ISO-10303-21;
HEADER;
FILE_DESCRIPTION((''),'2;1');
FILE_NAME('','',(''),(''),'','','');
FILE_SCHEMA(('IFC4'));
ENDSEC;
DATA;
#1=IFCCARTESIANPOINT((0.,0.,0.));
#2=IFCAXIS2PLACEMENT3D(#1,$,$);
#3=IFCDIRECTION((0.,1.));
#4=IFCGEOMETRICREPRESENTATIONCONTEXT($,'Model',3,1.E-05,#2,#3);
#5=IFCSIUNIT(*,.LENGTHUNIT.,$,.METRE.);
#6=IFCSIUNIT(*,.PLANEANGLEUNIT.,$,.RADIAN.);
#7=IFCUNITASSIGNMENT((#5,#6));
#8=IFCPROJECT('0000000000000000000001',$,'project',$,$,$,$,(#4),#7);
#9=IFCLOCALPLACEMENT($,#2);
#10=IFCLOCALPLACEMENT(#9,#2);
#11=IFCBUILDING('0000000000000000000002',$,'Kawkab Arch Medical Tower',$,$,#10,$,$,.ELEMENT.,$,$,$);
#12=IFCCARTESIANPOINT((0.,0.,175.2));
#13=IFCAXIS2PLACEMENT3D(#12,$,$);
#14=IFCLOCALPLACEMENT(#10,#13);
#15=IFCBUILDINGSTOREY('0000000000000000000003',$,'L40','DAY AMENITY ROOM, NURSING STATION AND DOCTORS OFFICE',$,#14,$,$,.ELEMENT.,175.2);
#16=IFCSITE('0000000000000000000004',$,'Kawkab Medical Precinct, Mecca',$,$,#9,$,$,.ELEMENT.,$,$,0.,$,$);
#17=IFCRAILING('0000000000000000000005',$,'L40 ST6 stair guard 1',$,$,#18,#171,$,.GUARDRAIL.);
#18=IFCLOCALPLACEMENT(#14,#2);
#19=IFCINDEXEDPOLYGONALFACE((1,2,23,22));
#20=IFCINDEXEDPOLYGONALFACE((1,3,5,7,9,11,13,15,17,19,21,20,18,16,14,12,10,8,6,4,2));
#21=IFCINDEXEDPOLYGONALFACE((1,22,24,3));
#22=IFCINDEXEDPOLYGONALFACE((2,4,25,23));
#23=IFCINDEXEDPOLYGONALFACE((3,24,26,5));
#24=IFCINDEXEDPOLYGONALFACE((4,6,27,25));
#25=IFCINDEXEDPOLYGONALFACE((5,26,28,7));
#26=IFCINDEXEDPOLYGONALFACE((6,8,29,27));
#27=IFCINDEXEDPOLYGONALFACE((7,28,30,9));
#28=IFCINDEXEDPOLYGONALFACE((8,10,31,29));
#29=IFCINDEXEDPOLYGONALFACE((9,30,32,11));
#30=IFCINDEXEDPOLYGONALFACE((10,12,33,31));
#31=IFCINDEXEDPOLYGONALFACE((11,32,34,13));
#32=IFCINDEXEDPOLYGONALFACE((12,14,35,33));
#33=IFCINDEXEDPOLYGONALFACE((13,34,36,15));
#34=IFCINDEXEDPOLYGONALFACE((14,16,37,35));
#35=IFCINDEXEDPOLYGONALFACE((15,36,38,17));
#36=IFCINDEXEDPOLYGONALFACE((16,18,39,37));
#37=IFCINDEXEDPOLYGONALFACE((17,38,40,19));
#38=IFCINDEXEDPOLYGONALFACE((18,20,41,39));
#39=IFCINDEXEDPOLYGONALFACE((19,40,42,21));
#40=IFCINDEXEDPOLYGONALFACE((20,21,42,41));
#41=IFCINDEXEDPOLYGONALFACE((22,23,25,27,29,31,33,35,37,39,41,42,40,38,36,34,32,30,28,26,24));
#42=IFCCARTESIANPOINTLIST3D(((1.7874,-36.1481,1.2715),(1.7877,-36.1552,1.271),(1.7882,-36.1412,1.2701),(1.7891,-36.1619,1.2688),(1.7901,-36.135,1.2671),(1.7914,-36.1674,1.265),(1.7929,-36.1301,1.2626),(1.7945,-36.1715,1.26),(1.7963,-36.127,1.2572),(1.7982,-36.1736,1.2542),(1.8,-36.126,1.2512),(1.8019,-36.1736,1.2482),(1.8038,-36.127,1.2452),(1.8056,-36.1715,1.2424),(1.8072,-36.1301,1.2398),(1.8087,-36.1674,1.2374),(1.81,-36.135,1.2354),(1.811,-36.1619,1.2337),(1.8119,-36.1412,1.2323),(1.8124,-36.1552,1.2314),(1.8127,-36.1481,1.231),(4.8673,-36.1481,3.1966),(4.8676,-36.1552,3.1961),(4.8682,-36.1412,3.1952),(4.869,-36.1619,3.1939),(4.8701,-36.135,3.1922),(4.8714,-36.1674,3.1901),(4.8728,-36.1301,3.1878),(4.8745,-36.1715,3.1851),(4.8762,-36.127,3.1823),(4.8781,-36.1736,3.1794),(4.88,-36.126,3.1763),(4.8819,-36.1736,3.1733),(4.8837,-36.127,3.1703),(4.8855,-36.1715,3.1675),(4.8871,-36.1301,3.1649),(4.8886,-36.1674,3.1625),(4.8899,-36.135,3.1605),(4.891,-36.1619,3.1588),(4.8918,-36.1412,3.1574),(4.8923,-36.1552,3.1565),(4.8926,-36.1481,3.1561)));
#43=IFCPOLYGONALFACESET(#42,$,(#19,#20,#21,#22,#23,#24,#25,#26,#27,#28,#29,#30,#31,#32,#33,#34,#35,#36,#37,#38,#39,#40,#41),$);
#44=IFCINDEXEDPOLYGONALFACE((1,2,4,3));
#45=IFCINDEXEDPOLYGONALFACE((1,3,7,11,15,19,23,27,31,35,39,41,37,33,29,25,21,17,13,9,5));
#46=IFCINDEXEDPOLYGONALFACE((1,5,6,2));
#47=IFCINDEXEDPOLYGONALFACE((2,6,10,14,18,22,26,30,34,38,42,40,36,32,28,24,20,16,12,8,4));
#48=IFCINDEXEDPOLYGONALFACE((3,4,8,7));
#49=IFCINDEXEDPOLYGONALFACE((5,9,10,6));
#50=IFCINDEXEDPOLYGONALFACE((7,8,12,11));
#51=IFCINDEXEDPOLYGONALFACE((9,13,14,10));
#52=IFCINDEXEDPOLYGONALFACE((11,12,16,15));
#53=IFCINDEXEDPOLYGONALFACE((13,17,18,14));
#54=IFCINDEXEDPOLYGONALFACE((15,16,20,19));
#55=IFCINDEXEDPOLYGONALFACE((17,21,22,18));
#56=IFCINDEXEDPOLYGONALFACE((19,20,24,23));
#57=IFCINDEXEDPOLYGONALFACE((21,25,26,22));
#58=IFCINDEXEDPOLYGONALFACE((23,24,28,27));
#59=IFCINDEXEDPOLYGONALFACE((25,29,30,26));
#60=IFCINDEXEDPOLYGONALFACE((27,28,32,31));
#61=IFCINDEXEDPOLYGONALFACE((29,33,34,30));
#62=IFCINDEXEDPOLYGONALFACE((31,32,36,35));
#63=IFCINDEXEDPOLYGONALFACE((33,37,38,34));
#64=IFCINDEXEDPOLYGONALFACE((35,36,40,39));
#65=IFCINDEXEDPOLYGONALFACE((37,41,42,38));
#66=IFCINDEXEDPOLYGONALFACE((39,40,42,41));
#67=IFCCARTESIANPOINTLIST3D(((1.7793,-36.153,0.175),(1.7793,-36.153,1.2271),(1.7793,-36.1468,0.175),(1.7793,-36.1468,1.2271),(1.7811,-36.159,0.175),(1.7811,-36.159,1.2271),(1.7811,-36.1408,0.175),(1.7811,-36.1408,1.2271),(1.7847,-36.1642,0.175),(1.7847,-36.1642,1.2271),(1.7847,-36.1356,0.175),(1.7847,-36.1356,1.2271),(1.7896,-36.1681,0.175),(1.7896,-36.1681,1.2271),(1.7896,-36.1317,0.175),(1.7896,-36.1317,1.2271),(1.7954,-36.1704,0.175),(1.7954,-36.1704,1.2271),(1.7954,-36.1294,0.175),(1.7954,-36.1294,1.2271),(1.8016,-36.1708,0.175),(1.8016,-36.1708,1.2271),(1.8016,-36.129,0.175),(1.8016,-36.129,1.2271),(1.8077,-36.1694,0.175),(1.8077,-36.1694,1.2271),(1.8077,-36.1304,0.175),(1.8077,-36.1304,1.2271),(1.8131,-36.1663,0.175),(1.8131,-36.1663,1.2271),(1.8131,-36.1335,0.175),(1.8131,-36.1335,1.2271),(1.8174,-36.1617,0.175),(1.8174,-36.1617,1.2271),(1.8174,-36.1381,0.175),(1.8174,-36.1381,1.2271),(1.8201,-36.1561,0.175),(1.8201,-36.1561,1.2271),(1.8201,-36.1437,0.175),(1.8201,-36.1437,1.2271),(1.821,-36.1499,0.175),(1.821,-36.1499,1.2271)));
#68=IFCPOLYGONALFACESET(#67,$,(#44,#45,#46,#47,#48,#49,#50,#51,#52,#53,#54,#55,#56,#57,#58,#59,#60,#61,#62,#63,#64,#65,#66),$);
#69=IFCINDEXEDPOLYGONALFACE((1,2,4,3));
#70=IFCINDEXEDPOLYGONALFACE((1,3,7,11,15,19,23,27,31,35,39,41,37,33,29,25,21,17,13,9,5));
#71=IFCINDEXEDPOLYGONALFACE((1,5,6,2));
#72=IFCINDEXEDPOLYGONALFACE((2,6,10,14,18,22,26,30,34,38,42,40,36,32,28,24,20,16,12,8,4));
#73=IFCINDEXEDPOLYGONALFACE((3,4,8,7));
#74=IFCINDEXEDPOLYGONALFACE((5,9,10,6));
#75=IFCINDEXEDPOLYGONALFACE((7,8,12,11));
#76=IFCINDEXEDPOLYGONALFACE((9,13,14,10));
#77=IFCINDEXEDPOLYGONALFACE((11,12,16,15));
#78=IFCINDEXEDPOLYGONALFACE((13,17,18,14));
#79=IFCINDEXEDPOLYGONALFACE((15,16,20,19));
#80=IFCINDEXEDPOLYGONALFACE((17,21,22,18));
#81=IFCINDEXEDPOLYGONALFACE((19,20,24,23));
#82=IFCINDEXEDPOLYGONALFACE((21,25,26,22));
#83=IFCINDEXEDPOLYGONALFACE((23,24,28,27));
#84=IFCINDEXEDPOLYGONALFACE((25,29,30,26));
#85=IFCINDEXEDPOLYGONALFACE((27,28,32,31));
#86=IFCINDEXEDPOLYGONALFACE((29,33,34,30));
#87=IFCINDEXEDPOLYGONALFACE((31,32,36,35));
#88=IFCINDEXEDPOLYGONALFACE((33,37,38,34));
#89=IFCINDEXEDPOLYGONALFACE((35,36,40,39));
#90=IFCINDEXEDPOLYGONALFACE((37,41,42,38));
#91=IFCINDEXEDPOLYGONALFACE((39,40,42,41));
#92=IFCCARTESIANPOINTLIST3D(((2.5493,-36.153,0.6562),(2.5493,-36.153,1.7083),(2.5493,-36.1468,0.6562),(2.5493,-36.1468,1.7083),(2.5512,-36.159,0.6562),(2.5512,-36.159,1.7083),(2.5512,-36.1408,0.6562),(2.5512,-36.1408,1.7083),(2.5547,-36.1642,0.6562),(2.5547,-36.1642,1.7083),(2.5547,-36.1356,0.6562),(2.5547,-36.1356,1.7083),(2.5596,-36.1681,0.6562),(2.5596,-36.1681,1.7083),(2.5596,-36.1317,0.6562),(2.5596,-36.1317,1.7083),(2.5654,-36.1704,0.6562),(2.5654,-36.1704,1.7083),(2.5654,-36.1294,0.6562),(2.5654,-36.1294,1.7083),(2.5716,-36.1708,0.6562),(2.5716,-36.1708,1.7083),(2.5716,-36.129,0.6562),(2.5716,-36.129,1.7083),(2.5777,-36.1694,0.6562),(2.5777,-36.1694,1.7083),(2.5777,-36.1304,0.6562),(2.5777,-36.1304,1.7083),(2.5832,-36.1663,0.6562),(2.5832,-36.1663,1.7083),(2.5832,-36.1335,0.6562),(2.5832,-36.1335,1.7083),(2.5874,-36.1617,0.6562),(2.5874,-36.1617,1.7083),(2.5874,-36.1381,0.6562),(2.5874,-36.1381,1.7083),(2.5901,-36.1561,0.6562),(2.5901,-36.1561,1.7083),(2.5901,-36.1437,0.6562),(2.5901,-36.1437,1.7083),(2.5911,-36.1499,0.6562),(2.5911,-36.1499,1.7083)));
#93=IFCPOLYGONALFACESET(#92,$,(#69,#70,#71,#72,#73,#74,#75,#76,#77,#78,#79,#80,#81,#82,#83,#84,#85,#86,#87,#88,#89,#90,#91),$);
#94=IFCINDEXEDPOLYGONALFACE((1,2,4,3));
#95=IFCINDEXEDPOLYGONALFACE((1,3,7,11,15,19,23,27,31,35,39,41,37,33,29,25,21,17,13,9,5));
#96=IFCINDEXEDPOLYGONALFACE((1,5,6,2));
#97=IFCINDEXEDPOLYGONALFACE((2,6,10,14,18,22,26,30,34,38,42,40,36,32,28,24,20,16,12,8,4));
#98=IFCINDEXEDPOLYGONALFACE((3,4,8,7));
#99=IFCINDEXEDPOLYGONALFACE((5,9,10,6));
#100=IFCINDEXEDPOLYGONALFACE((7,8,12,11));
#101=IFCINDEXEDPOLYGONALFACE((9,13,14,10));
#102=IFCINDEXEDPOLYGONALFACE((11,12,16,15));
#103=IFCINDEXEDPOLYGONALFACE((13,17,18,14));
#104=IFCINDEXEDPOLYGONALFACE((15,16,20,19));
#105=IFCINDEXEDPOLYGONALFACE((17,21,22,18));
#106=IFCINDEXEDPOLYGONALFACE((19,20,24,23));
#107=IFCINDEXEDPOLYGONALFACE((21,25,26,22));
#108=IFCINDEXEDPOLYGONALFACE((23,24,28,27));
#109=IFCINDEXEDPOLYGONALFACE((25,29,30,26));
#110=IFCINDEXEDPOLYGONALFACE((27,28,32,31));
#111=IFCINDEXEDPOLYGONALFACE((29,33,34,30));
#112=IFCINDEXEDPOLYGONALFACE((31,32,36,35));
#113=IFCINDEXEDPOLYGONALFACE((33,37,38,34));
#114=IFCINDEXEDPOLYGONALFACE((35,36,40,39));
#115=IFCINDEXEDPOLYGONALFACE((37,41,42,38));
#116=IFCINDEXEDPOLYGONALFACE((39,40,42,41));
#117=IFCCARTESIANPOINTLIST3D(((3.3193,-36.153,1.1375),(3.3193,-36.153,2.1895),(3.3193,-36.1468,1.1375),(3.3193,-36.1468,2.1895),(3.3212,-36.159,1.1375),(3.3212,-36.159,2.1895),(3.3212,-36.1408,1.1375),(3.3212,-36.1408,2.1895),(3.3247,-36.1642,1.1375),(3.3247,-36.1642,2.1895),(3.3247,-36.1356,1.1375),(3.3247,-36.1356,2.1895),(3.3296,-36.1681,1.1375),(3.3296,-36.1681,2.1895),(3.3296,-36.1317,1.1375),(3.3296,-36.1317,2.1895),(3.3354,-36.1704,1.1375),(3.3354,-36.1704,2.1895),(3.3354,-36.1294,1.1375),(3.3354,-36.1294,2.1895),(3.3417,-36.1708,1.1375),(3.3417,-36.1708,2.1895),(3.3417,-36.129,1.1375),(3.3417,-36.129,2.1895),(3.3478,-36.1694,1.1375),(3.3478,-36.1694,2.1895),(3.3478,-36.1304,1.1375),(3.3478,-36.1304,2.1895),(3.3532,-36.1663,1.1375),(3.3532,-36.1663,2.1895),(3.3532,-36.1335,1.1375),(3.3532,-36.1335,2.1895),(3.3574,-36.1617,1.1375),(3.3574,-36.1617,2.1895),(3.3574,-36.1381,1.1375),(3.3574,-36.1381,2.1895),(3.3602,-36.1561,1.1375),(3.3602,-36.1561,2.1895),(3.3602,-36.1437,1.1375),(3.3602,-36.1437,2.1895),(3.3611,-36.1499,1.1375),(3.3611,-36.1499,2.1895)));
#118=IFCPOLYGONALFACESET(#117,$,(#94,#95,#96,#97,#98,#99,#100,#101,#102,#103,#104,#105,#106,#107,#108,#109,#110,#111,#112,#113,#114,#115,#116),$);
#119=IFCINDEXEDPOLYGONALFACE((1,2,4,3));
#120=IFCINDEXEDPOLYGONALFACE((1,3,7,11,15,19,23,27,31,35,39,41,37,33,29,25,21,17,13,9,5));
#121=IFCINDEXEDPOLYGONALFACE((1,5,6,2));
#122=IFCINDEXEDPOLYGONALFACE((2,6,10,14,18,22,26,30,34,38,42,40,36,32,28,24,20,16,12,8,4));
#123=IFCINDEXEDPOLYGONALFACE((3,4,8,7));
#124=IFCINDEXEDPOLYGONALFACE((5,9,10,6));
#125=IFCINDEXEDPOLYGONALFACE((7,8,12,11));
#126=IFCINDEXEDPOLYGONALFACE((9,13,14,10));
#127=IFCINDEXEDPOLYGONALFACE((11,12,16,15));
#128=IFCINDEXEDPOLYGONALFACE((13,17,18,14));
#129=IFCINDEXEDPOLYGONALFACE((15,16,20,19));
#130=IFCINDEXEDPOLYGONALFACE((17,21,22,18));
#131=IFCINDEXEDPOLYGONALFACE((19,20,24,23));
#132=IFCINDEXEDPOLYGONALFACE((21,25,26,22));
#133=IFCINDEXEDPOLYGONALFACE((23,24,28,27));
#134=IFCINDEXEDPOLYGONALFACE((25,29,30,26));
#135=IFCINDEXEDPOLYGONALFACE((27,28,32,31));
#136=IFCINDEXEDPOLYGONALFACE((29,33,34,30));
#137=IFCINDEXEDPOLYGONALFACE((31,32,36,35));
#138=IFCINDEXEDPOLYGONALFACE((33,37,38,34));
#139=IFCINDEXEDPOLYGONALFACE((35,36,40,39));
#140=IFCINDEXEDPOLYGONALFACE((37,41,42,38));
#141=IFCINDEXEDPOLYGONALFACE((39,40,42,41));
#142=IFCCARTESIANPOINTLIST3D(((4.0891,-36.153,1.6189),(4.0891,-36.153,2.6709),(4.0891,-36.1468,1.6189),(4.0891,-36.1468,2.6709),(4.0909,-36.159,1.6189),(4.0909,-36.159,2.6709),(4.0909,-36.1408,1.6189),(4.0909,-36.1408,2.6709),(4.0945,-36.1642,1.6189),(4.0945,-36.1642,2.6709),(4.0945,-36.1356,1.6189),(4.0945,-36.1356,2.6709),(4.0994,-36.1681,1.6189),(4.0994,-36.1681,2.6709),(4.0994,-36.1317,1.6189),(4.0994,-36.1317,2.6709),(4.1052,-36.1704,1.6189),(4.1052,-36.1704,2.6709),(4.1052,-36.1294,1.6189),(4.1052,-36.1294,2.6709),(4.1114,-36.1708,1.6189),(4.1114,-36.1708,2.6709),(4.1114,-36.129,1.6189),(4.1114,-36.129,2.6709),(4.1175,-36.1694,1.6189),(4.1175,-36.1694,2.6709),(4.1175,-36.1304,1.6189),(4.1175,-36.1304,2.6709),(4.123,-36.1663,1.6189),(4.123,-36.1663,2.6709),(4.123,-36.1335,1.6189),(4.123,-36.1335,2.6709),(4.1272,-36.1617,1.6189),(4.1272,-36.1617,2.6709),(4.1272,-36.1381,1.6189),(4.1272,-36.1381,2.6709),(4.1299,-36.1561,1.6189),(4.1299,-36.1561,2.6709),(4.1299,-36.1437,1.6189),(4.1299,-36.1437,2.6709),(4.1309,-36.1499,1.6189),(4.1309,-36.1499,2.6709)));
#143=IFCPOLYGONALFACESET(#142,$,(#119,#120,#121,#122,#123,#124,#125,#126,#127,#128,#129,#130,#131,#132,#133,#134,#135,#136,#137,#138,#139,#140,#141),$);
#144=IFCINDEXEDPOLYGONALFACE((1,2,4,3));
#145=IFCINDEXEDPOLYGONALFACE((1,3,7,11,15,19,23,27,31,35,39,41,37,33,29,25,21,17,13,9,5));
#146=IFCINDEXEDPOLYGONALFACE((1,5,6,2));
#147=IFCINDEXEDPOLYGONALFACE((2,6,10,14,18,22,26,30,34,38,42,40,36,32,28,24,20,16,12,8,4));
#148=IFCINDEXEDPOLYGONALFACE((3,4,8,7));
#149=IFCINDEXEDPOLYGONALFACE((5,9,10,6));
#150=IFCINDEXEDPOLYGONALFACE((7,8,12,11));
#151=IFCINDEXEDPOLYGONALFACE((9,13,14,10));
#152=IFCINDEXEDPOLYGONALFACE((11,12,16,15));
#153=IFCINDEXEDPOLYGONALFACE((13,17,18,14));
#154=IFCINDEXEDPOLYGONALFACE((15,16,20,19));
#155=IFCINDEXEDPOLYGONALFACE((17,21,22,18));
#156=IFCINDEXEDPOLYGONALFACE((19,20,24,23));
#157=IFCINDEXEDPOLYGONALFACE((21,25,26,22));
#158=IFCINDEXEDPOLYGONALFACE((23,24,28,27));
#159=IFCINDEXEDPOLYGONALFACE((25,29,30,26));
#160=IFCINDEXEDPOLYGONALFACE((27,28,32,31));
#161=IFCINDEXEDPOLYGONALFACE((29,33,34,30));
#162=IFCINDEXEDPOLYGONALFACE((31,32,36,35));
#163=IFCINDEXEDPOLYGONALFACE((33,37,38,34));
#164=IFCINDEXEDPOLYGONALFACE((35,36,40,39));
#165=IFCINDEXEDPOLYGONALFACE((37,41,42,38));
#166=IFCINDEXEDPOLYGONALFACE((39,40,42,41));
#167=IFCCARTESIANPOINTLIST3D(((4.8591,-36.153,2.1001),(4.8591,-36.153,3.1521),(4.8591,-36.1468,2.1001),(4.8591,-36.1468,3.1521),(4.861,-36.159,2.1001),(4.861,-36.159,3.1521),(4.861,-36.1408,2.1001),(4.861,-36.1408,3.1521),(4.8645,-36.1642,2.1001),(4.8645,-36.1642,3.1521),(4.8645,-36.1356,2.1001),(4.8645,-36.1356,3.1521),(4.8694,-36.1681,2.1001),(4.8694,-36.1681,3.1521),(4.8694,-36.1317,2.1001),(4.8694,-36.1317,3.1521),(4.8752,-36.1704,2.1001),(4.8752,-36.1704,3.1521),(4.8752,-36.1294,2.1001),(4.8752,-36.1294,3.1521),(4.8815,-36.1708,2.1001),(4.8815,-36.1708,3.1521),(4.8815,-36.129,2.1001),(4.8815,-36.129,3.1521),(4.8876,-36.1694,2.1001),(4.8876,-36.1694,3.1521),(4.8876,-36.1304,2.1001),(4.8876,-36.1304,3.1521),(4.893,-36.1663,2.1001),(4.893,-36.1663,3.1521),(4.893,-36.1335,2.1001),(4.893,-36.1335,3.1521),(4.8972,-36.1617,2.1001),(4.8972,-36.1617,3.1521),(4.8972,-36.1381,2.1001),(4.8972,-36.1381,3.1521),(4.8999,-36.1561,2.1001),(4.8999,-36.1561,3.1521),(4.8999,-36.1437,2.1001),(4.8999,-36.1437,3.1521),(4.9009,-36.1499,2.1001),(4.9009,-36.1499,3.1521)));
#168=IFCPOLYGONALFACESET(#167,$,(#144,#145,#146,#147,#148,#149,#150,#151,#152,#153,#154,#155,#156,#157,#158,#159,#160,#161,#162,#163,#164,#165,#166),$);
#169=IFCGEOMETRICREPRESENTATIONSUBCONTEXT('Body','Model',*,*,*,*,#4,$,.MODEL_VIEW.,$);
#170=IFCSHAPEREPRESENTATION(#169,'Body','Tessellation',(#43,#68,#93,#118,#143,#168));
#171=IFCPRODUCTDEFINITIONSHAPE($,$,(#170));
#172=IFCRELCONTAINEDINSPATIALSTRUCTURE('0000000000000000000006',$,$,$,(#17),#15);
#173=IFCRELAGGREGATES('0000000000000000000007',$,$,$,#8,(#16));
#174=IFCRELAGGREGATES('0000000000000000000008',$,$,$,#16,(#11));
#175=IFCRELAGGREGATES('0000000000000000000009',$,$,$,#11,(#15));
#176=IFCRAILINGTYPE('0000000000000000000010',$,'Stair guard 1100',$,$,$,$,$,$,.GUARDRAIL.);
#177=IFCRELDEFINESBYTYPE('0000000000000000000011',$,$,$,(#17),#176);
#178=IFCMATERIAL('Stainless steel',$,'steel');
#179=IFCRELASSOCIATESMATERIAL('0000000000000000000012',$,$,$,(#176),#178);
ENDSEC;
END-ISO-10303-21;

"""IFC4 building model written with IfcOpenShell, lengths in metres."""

from ifc_helpers import new_model, si_unit, direction, frame, origin, origin_2d, place, context, subcontext, project, spatial, circle, extrude, material, type_object, element, save


model = new_model("IFC4")

# Units and contexts
model_context = context("Model", 3, precision=1e-05, world=origin(), true_north=direction((0.0, 1.0)))
body_context = subcontext(model_context, "Body", "Model", "MODEL_VIEW")
ifc_project = project(units=[si_unit("LENGTHUNIT", "METRE"), si_unit("PLANEANGLEUNIT", "RADIAN")], contexts=[model_context])

# Site, building, storey
site_placement = place(None, origin())
site = spatial("IfcSite", under=ifc_project, at=site_placement, Name="Kawkab Medical Precinct, Mecca", CompositionType="ELEMENT", RefElevation=0.0)
building_placement = place(site_placement, origin())
building = spatial("IfcBuilding", under=site, at=building_placement, Name="Kawkab Arch Medical Tower", CompositionType="ELEMENT")
storey_placement = place(building_placement, frame((0.0, 0.0, 175.2)))
storey = spatial("IfcBuildingStorey", under=building, at=storey_placement, Name="L40", Description="DAY AMENITY ROOM, NURSING STATION AND DOCTORS OFFICE", CompositionType="ELEMENT", Elevation=175.2)

# Railing
ifc_material_1 = material(Name="Stainless steel", Category="steel")
railing_type = type_object("IfcRailingType", Name="Stair guard 1100", PredefinedType="GUARDRAIL", material=ifc_material_1)
railing_1_placement = place(storey_placement, frame((1.8, -36.1499, 0.175)))
element("IfcRailing", 1, at=railing_1_placement, inside=storey, type_object=railing_type, Name="L40 ST6 stair guard 1", PredefinedType="GUARDRAIL", context=body_context, shape_type="SweptSolid", body=[
    extrude(circle(Radius=0.0239, at=origin_2d()), frame((0.0, 0.0, 1.0762), z_axis=(0.847979, 0.0, 0.530029), x_axis=(0.0, 1.0, 0.0)), (0.0, 0.0, 1.0), 3.6321),
    extrude(circle(Radius=0.021, at=origin_2d()), origin(), (0.0, 0.0, 1.0), 1.052),
    extrude(circle(Radius=0.021, at=origin_2d()), frame((0.77, 0.0, 0.4812)), (0.0, 0.0, 1.0), 1.052),
    extrude(circle(Radius=0.021, at=origin_2d()), frame((1.54, 0.0, 0.9624)), (0.0, 0.0, 1.0), 1.052),
    extrude(circle(Radius=0.021, at=origin_2d()), frame((2.3098, 0.0, 1.4438)), (0.0, 0.0, 1.0), 1.052),
    extrude(circle(Radius=0.021, at=origin_2d()), frame((3.0798, 0.0, 1.925)), (0.0, 0.0, 1.0), 1.052),
])

save(model, "model.ifc")
